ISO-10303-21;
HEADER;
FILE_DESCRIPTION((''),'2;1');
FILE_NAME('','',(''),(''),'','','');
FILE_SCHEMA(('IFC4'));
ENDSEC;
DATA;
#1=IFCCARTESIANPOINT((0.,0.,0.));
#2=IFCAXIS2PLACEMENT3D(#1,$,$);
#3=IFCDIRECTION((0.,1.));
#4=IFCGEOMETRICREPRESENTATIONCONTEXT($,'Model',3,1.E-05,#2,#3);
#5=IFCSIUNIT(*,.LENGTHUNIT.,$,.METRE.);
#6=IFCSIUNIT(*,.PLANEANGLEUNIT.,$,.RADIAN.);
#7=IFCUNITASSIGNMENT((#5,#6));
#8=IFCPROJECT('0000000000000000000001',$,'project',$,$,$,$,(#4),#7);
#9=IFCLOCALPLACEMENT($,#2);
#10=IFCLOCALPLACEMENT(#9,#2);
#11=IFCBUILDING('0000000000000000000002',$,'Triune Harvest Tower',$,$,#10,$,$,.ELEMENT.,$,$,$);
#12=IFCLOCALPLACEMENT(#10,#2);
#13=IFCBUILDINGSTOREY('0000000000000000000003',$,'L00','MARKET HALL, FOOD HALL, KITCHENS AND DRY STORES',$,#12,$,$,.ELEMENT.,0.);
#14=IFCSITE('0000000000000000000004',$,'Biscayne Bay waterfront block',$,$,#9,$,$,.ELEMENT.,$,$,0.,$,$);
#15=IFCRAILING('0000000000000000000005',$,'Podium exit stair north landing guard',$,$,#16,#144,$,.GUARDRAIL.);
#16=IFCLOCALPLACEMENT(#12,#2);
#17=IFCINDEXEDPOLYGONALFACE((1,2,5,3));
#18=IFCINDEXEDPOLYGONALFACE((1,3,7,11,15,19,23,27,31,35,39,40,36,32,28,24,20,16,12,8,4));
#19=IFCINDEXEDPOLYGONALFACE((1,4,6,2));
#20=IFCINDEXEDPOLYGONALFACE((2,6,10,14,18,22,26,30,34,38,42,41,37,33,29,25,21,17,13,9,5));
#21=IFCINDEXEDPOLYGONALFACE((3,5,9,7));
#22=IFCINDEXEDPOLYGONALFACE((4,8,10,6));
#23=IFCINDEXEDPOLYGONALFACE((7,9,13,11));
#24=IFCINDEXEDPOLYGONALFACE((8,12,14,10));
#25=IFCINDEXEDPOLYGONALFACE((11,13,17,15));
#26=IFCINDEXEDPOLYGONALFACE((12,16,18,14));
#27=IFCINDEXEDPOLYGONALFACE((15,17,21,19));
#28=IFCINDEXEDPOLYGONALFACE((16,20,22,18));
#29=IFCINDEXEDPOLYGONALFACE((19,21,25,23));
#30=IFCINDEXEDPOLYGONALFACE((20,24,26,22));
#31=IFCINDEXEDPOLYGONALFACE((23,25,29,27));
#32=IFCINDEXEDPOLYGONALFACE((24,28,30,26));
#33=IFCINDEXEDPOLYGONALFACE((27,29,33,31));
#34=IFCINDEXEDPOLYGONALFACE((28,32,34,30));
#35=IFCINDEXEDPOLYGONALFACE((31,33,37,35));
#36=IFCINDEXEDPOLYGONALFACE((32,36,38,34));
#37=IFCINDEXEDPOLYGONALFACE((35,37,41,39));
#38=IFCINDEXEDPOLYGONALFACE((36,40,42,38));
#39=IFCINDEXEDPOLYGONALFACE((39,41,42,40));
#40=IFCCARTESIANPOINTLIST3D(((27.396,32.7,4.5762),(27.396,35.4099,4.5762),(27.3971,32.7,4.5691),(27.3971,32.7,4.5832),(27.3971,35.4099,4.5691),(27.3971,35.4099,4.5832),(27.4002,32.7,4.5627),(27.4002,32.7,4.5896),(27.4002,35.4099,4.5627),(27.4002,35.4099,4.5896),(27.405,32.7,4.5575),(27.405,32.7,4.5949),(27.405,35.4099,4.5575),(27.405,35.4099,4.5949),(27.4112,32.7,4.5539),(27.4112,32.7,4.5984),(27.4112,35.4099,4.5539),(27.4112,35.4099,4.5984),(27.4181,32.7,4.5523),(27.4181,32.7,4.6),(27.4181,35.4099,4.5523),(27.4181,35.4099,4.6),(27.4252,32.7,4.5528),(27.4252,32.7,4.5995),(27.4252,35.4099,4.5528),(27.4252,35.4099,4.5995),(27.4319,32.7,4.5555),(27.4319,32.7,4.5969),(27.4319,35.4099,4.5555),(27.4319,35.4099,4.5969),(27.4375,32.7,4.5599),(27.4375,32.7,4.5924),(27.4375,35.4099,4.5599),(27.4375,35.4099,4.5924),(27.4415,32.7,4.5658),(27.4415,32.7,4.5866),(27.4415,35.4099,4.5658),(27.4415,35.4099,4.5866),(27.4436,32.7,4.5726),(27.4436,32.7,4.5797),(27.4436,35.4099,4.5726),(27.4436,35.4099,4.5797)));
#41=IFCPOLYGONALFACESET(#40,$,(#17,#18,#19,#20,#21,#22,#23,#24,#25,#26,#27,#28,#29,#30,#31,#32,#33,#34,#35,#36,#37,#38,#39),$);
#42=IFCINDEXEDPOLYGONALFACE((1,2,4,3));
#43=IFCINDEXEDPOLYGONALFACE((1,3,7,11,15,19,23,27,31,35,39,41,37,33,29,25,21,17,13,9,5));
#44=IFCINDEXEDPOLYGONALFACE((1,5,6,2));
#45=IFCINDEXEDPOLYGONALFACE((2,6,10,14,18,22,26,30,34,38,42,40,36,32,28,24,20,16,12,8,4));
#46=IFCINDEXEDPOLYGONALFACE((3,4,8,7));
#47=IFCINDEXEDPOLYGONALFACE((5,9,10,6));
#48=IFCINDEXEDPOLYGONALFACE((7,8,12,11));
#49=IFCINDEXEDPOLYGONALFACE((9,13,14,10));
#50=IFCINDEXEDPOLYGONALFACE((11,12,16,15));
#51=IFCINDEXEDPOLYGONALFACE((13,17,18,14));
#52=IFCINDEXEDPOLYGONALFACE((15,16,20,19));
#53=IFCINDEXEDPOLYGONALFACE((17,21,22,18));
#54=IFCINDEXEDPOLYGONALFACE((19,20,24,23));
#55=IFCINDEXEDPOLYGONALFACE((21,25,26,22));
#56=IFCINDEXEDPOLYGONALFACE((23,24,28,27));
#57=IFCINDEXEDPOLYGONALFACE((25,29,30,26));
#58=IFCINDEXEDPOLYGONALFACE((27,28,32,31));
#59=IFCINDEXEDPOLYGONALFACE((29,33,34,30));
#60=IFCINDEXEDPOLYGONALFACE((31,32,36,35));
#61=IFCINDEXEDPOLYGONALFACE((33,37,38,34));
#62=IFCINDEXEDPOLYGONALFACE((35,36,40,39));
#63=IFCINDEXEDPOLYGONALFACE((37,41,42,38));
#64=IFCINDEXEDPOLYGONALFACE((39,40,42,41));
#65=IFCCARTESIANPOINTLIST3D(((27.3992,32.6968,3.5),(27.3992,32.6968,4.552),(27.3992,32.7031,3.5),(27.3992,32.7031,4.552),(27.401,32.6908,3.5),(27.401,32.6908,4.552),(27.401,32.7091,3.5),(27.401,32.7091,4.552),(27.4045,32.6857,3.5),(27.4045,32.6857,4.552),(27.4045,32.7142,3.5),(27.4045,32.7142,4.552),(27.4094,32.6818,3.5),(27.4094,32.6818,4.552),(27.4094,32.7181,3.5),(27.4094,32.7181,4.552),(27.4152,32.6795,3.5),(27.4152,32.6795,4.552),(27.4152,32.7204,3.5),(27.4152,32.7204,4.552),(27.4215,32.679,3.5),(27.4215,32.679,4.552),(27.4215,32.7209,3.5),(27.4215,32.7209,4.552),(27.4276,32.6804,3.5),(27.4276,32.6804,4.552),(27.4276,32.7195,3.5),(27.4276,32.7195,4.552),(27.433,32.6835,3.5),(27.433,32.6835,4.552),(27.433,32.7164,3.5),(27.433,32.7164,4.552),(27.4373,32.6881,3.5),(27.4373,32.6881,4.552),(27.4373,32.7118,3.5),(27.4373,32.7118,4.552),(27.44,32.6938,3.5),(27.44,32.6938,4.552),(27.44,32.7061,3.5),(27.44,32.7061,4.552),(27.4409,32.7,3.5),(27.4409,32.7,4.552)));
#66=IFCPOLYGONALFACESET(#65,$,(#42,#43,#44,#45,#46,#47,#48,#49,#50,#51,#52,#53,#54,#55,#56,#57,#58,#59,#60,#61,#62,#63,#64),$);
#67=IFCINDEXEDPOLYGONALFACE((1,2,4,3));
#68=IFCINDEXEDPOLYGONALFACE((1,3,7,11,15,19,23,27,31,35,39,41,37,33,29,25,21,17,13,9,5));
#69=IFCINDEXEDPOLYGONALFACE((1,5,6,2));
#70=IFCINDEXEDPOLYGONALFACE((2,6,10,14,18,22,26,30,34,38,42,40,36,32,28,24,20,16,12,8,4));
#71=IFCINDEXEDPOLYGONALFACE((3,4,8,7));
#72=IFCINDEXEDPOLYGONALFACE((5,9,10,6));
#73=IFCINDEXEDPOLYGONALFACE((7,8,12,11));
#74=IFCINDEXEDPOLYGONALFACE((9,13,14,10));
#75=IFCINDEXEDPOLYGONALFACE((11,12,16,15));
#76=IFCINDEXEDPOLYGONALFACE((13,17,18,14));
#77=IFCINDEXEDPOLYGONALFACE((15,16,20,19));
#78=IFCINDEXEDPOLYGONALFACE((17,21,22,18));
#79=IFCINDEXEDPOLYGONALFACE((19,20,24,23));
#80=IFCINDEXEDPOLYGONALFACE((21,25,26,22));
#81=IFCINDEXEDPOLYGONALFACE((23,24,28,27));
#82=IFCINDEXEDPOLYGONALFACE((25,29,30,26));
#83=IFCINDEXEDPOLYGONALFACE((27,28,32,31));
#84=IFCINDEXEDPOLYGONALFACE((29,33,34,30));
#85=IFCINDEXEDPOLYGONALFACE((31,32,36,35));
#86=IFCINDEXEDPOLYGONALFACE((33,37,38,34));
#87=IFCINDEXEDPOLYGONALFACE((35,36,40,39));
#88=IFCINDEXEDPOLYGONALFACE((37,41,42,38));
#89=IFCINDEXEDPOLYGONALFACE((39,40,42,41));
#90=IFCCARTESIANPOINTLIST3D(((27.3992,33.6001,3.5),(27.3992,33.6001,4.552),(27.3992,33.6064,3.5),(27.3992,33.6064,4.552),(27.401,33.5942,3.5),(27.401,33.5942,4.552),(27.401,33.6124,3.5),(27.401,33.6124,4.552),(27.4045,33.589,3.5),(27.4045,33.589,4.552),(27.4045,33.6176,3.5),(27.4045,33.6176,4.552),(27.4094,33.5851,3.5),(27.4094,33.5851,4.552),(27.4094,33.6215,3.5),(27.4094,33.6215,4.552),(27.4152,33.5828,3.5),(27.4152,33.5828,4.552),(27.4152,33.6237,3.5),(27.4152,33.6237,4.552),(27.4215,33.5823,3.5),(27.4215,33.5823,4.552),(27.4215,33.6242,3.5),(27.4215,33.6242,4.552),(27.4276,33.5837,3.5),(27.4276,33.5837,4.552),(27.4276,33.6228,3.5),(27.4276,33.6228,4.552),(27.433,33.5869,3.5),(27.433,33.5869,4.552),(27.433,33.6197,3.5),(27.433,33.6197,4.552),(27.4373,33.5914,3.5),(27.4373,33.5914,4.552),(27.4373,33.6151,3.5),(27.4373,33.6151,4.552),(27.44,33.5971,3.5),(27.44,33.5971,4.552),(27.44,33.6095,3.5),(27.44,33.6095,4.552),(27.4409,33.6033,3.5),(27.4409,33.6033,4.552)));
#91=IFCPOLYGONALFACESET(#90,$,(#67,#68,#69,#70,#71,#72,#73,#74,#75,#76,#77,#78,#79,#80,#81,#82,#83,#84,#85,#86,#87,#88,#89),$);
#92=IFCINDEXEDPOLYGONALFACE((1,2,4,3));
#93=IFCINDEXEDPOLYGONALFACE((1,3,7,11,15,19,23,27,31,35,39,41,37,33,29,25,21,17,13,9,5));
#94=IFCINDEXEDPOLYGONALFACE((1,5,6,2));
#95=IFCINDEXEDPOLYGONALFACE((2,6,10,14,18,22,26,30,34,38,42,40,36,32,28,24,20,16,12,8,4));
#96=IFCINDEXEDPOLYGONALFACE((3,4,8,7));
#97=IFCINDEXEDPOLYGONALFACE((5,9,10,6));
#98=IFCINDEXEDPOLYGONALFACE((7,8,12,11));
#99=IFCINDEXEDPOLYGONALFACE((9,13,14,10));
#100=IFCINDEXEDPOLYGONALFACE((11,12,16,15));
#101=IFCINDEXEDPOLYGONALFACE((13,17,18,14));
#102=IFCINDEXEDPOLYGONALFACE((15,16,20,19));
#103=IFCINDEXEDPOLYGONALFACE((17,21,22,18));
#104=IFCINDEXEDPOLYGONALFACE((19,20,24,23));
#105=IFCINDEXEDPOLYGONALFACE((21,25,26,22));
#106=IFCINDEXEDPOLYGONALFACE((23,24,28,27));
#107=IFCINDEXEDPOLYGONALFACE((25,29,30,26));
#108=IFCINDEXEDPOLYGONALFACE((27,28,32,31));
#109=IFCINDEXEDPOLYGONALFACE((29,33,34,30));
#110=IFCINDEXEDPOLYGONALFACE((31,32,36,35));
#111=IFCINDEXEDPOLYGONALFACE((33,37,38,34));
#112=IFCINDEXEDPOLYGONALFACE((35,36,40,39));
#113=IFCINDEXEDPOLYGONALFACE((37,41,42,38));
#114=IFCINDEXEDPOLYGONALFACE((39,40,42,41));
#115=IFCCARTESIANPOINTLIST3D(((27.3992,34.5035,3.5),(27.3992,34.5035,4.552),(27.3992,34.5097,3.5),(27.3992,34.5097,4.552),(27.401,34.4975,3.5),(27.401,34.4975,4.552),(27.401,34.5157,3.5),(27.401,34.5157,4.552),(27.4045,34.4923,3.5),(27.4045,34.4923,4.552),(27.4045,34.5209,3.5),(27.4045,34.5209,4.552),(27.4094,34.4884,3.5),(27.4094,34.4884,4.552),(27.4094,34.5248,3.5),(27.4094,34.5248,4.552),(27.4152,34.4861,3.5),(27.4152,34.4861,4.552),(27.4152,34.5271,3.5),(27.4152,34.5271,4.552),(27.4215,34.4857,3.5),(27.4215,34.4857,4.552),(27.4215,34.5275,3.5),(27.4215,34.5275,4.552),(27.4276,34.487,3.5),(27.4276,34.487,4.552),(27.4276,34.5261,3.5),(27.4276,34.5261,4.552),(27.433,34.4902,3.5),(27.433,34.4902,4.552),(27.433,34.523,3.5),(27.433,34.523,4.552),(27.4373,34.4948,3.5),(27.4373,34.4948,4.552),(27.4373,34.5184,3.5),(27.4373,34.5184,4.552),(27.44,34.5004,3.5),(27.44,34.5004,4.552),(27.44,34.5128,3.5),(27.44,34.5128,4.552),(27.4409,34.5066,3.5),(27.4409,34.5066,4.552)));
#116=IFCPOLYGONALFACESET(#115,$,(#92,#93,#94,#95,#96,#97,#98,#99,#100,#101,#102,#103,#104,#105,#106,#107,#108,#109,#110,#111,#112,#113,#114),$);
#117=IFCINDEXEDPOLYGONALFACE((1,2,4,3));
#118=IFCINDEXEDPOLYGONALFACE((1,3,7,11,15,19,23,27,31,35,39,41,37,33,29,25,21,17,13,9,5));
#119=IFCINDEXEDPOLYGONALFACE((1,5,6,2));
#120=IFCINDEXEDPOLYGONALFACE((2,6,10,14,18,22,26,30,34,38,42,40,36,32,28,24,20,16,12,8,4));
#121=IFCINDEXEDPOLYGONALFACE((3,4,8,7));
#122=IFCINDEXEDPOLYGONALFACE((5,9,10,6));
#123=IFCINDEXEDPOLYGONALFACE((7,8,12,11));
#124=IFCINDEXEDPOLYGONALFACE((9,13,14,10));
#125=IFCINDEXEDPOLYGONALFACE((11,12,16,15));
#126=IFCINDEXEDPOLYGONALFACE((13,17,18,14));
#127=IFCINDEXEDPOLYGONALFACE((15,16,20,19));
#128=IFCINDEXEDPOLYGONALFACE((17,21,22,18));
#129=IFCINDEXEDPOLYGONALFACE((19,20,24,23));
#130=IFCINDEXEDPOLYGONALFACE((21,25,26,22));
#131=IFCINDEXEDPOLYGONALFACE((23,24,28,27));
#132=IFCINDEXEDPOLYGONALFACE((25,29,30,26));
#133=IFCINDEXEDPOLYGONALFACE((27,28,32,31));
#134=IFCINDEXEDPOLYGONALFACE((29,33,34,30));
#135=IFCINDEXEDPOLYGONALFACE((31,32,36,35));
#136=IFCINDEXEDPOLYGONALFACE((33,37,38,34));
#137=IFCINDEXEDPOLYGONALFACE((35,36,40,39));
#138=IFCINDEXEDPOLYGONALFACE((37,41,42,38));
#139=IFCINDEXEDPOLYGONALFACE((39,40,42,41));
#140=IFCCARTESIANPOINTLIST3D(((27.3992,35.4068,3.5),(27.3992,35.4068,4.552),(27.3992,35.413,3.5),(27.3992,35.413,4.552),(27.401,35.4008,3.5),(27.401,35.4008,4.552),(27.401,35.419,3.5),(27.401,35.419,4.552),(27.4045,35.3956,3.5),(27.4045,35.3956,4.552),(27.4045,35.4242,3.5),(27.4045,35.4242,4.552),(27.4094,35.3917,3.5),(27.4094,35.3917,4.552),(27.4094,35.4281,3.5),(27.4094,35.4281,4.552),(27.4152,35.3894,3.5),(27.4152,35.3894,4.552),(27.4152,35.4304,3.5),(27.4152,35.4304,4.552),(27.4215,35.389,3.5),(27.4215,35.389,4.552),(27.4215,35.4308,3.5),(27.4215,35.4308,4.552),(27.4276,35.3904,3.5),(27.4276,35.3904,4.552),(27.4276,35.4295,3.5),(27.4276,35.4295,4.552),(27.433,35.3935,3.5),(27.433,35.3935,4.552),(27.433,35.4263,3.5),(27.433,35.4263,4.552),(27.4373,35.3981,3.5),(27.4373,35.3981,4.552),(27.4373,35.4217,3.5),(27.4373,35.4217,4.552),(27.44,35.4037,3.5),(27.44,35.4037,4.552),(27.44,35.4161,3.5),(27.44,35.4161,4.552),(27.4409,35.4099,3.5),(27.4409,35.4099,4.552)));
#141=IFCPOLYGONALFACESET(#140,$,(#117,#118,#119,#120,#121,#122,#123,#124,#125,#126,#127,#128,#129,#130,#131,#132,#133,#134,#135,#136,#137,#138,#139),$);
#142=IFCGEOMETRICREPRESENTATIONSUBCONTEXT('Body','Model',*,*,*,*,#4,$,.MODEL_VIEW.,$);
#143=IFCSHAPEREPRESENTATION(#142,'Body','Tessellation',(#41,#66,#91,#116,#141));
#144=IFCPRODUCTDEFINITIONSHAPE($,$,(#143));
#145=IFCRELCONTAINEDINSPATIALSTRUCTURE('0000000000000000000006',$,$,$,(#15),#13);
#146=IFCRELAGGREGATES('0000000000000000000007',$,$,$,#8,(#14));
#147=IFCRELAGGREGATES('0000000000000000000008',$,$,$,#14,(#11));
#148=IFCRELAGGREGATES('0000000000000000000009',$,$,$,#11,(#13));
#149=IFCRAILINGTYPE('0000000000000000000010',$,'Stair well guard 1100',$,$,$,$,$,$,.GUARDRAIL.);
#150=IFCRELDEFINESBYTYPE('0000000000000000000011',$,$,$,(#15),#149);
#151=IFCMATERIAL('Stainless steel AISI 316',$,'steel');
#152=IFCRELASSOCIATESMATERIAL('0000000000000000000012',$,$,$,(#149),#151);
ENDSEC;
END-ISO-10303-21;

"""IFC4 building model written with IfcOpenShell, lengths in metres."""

from ifc_helpers import new_model, si_unit, direction, frame, origin, origin_2d, place, context, subcontext, project, spatial, circle, extrude, material, type_object, element, save


model = new_model("IFC4")

# Units and contexts
model_context = context("Model", 3, precision=1e-05, world=origin(), true_north=direction((0.0, 1.0)))
body_context = subcontext(model_context, "Body", "Model", "MODEL_VIEW")
ifc_project = project(units=[si_unit("LENGTHUNIT", "METRE"), si_unit("PLANEANGLEUNIT", "RADIAN")], contexts=[model_context])

# Site, building, storey
site_placement = place(None, origin())
site = spatial("IfcSite", under=ifc_project, at=site_placement, Name="Biscayne Bay waterfront block", CompositionType="ELEMENT", RefElevation=0.0)
building_placement = place(site_placement, origin())
building = spatial("IfcBuilding", under=site, at=building_placement, Name="Triune Harvest Tower", CompositionType="ELEMENT")
storey_placement = place(building_placement, origin())
storey = spatial("IfcBuildingStorey", under=building, at=storey_placement, Name="L00", Description="MARKET HALL, FOOD HALL, KITCHENS AND DRY STORES", CompositionType="ELEMENT", Elevation=0.0)

# Railing
ifc_material_1 = material(Name="Stainless steel AISI 316", Category="steel")
railing_type_1 = type_object("IfcRailingType", Name="Stair well guard 1100", PredefinedType="GUARDRAIL", material=ifc_material_1)
railing_1_placement = place(storey_placement, frame((27.4199, 32.7, 3.5)))
element("IfcRailing", 1, at=railing_1_placement, inside=storey, type_object=railing_type_1, Name="Podium exit stair north landing guard", PredefinedType="GUARDRAIL", context=body_context, shape_type="SweptSolid", body=[
    extrude(circle(Radius=0.0239, at=origin_2d()), frame((0.0, 0.0, 1.0762), z_axis=(0.0, 1.0, 0.0), x_axis=(-1.0, 0.0, 0.0)), (0.0, 0.0, 1.0), 2.71),
    extrude(circle(Radius=0.021, at=origin_2d()), origin(), (0.0, 0.0, 1.0), 1.052),
    extrude(circle(Radius=0.021, at=origin_2d()), frame((0.0, 0.9033, 0.0)), (0.0, 0.0, 1.0), 1.052),
    extrude(circle(Radius=0.021, at=origin_2d()), frame((0.0, 1.8066, 0.0)), (0.0, 0.0, 1.0), 1.052),
    extrude(circle(Radius=0.021, at=origin_2d()), frame((0.0, 2.71, 0.0)), (0.0, 0.0, 1.0), 1.052),
])

save(model, "model.ifc")
